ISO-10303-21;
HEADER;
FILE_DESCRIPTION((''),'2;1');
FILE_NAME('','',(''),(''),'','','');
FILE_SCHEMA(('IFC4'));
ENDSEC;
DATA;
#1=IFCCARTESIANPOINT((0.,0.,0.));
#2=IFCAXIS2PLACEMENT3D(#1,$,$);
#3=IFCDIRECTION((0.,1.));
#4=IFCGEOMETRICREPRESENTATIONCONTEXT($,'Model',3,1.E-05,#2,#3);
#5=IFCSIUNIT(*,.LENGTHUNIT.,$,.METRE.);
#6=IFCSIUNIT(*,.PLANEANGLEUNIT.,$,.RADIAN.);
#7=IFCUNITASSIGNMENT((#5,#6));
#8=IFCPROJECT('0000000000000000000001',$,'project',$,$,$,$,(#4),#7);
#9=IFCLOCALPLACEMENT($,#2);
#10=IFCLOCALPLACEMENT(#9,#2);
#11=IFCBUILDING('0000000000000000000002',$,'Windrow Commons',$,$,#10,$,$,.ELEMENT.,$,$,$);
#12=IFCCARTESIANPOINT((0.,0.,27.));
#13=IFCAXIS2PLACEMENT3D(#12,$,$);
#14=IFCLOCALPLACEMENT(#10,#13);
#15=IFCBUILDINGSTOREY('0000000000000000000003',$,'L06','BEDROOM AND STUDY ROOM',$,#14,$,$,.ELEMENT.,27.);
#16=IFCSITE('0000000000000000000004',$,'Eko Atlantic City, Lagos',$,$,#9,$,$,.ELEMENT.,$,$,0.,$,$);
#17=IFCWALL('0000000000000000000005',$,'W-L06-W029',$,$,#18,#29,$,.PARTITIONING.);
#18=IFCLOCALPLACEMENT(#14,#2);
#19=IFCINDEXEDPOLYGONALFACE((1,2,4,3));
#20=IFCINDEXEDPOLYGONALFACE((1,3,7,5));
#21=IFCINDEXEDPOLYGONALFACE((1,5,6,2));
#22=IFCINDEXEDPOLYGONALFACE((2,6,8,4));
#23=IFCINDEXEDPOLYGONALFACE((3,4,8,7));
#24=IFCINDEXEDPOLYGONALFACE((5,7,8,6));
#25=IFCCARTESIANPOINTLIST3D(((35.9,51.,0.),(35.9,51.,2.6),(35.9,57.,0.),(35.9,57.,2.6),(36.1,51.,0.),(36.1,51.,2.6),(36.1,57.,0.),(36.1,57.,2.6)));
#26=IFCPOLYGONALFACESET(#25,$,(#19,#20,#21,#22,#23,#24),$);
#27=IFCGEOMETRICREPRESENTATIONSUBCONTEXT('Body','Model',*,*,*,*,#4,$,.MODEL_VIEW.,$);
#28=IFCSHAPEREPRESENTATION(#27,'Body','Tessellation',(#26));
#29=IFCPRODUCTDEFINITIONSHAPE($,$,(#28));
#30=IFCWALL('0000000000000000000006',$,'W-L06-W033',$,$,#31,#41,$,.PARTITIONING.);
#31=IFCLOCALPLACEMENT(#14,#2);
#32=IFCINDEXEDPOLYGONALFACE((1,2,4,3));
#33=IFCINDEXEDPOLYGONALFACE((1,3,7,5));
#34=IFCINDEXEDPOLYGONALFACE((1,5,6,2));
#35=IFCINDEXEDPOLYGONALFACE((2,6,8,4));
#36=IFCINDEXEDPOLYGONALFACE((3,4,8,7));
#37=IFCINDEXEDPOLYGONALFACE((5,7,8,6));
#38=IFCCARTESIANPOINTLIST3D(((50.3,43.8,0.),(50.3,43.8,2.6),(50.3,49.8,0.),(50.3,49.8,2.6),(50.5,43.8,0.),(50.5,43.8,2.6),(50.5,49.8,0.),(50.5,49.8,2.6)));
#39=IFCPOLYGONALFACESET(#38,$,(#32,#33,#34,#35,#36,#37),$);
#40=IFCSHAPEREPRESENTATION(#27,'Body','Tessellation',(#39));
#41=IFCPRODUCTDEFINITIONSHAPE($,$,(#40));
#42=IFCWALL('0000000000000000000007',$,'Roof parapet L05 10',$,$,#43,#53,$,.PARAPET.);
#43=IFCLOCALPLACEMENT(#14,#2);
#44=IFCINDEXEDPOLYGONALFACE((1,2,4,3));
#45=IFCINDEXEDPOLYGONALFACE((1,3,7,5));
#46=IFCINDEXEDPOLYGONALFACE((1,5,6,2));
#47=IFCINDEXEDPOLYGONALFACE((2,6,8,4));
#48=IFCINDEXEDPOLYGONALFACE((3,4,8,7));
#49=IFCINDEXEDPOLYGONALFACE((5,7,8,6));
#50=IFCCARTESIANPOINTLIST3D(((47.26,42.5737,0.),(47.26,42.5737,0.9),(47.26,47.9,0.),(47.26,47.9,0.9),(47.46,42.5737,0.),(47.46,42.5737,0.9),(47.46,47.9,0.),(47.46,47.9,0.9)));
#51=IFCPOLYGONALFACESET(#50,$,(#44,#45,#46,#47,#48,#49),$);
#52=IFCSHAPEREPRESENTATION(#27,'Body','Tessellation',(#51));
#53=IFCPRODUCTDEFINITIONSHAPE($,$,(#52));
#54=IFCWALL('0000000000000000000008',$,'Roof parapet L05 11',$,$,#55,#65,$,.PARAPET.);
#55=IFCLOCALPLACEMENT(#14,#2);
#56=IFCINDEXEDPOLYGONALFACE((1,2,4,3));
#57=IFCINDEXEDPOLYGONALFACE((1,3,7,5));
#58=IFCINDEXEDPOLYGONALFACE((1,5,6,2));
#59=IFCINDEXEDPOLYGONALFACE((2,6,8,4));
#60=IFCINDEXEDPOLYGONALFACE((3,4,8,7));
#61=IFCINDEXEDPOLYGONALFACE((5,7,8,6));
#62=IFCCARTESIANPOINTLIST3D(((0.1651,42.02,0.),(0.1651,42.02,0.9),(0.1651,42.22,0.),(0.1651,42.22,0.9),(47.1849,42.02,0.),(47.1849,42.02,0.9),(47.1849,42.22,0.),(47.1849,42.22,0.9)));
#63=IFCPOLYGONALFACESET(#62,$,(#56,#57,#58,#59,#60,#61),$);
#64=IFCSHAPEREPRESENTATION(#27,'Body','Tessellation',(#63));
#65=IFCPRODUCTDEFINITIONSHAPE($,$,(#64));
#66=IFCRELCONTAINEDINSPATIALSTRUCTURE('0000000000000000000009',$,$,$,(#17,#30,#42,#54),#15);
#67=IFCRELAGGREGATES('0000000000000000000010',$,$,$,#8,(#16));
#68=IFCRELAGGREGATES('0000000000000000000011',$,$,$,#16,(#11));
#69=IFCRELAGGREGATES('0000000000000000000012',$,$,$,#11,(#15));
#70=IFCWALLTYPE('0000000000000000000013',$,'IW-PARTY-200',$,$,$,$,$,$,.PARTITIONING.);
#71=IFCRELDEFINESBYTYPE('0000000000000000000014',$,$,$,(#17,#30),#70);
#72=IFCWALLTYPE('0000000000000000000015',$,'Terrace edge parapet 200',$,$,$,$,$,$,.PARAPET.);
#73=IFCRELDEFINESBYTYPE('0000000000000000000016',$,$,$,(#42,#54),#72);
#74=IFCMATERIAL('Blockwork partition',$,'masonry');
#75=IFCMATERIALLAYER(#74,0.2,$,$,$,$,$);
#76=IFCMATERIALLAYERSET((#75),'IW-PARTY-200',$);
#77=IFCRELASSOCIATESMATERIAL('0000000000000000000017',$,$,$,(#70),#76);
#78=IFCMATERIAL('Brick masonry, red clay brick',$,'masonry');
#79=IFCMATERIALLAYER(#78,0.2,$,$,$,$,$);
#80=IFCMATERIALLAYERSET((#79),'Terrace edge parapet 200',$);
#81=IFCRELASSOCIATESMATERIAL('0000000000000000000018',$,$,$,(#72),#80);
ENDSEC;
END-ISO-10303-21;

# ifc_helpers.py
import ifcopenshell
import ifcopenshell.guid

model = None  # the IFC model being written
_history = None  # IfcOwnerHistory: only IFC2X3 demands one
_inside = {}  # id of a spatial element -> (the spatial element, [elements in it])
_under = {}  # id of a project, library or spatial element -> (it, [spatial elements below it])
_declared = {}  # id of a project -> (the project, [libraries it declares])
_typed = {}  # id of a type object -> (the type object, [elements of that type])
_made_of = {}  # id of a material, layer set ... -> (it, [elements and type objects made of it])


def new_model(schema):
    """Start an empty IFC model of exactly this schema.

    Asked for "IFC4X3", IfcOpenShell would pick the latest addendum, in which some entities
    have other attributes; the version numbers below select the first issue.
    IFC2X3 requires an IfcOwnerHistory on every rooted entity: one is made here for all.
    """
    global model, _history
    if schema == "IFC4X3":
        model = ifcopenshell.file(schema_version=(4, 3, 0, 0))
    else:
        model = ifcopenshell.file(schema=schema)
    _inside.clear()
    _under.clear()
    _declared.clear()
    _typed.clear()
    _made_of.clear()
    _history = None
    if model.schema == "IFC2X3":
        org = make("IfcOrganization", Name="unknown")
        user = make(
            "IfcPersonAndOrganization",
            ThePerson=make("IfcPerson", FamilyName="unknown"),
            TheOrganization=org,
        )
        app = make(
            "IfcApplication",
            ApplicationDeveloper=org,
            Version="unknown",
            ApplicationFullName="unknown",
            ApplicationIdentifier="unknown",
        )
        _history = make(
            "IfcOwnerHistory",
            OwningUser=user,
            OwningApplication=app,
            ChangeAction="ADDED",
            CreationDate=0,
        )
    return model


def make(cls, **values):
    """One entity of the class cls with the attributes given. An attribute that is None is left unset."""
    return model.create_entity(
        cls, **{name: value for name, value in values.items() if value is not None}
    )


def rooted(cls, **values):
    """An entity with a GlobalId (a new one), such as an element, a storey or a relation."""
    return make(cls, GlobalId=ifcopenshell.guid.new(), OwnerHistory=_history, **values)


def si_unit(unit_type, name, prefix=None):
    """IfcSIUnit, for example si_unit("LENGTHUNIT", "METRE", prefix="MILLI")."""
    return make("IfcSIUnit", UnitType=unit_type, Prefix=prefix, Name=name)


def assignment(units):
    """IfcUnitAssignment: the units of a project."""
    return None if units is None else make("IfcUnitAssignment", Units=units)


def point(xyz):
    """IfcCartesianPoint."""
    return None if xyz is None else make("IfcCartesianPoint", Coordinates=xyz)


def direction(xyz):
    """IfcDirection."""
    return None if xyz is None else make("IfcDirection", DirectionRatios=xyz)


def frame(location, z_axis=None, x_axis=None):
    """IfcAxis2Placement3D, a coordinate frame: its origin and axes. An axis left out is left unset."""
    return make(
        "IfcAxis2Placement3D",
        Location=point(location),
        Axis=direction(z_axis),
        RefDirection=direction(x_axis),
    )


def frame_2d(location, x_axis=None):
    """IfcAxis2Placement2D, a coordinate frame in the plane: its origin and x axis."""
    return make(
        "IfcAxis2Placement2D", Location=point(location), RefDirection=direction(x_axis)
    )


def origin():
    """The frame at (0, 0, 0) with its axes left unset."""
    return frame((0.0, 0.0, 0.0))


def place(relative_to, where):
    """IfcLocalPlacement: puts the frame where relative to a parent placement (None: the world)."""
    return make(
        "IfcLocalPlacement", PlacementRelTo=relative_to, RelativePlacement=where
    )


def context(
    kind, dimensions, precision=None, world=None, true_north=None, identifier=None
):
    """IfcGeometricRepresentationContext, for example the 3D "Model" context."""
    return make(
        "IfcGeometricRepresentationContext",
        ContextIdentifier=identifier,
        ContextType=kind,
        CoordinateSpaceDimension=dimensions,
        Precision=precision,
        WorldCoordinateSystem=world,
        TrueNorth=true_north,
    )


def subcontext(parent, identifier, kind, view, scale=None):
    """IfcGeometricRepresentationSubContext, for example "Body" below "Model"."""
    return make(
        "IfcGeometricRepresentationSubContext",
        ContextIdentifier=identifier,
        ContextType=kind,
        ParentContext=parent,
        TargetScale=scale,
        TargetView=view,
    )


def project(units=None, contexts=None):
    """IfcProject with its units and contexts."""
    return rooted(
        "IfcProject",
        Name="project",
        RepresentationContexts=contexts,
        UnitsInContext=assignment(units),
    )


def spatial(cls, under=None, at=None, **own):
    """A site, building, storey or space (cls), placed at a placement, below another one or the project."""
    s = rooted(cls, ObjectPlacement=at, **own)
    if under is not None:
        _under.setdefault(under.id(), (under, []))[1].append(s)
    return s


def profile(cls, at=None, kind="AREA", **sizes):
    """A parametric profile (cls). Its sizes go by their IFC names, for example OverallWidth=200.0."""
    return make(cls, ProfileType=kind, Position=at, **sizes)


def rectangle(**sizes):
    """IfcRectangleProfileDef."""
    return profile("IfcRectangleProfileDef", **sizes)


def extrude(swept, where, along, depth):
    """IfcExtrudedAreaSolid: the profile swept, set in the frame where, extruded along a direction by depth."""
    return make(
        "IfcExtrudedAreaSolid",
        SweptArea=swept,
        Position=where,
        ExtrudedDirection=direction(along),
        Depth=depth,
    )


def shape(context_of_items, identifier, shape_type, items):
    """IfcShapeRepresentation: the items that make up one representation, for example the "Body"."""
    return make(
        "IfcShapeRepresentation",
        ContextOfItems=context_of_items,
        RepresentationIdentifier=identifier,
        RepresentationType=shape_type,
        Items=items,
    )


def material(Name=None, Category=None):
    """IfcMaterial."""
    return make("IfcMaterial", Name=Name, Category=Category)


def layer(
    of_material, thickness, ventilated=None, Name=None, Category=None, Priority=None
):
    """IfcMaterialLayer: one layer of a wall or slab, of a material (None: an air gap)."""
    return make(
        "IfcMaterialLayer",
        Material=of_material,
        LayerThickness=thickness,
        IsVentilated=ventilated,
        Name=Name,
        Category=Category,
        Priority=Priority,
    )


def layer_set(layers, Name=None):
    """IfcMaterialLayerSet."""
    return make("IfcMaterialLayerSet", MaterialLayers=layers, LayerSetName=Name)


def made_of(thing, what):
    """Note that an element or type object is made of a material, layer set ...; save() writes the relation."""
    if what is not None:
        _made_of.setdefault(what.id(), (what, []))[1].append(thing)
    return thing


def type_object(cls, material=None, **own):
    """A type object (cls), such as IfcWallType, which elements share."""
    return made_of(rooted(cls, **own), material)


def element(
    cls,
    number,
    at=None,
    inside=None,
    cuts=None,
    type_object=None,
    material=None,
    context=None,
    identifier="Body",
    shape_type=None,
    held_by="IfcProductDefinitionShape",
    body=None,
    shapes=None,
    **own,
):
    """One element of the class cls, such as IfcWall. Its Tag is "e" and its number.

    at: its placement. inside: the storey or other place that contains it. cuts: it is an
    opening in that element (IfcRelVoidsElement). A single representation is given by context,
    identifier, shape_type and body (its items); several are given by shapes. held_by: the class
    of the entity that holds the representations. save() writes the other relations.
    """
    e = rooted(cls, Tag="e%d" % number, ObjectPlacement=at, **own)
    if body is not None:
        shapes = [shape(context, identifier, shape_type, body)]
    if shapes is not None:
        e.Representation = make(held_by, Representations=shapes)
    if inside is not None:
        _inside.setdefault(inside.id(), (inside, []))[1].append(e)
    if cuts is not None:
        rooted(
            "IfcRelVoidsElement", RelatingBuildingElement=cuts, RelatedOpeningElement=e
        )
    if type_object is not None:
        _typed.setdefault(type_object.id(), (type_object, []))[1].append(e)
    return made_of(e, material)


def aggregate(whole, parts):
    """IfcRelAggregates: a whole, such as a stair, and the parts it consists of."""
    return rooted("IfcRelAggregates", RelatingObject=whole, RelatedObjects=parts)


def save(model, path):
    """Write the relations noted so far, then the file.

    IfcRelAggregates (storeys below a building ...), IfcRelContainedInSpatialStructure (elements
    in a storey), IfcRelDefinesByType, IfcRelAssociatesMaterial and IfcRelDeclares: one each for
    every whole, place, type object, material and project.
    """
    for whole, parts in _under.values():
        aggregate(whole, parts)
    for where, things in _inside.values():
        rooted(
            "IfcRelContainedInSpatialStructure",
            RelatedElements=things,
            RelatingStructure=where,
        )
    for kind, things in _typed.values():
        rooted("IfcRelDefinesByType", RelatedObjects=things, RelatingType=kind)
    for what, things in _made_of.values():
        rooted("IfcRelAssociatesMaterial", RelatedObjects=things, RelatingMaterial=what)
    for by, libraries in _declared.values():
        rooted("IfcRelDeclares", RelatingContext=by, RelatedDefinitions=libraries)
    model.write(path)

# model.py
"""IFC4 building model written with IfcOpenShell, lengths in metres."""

from ifc_helpers import new_model, si_unit, direction, frame, frame_2d, origin, place, context, subcontext, project, spatial, rectangle, extrude, material, layer, layer_set, type_object, element, save


model = new_model("IFC4")

# Units and contexts
model_context = context("Model", 3, precision=1e-05, world=origin(), true_north=direction((0.0, 1.0)))
body_context = subcontext(model_context, "Body", "Model", "MODEL_VIEW")
ifc_project = project(units=[si_unit("LENGTHUNIT", "METRE"), si_unit("PLANEANGLEUNIT", "RADIAN")], contexts=[model_context])

# Site, building, storey
site_placement = place(None, origin())
site = spatial("IfcSite", under=ifc_project, at=site_placement, Name="Eko Atlantic City, Lagos", CompositionType="ELEMENT", RefElevation=0.0)
building_placement = place(site_placement, origin())
building = spatial("IfcBuilding", under=site, at=building_placement, Name="Windrow Commons", CompositionType="ELEMENT")
storey_placement = place(building_placement, frame((0.0, 0.0, 27.0)))
storey = spatial("IfcBuildingStorey", under=building, at=storey_placement, Name="L06", Description="BEDROOM AND STUDY ROOM", CompositionType="ELEMENT", Elevation=27.0)

# Walls
ifc_material_1 = material(Name="Blockwork partition", Category="masonry")
ifc_layer_1 = layer(ifc_material_1, 0.2)
ifc_layer_set_1 = layer_set([ifc_layer_1], Name="IW-PARTY-200")
wall_type_1 = type_object("IfcWallType", Name="IW-PARTY-200", PredefinedType="PARTITIONING", material=ifc_layer_set_1)
for number, where, z_axis, x_axis, name in (
    (1, (36.0, 51.0, 0.0), (0.0, 0.0, 1.0), (0.0, 1.0, 0.0), "W-L06-W029"),
    (2, (50.4, 43.8, 0.0), (0.0, 0.0, 1.0), (0.0, 1.0, 0.0), "W-L06-W033"),
):
    element("IfcWall", number, at=place(storey_placement, frame(where, z_axis=z_axis, x_axis=x_axis)), inside=storey, type_object=wall_type_1, Name=name, PredefinedType="PARTITIONING", context=body_context, shape_type="SweptSolid", body=[
        extrude(rectangle(XDim=6.0, YDim=0.2, at=frame_2d((3.0, 0.0))), origin(), (0.0, 0.0, 1.0), 2.6),
    ])
ifc_material_2 = material(Name="Brick masonry, red clay brick", Category="masonry")
ifc_layer_2 = layer(ifc_material_2, 0.2)
ifc_layer_set_2 = layer_set([ifc_layer_2], Name="Terrace edge parapet 200")
wall_type_2 = type_object("IfcWallType", Name="Terrace edge parapet 200", PredefinedType="PARAPET", material=ifc_layer_set_2)
wall_1_placement = place(storey_placement, frame((47.36, 47.9, 0.0), z_axis=(0.0, 0.0, 1.0), x_axis=(0.0, -1.0, 0.0)))
element("IfcWall", 3, at=wall_1_placement, inside=storey, type_object=wall_type_2, Name="Roof parapet L05 10", PredefinedType="PARAPET", context=body_context, shape_type="SweptSolid", body=[
    extrude(rectangle(XDim=5.3263, YDim=0.2, at=frame_2d((2.6631, 0.0))), origin(), (0.0, 0.0, 1.0), 0.9),
])
wall_2_placement = place(storey_placement, frame((47.1849, 42.12, 0.0), z_axis=(0.0, 0.0, 1.0), x_axis=(-1.0, 0.0, 0.0)))
element("IfcWall", 4, at=wall_2_placement, inside=storey, type_object=wall_type_2, Name="Roof parapet L05 11", PredefinedType="PARAPET", context=body_context, shape_type="SweptSolid", body=[
    extrude(rectangle(XDim=47.0198, YDim=0.2, at=frame_2d((23.5099, 0.0))), origin(), (0.0, 0.0, 1.0), 0.9),
])

save(model, "model.ifc")
